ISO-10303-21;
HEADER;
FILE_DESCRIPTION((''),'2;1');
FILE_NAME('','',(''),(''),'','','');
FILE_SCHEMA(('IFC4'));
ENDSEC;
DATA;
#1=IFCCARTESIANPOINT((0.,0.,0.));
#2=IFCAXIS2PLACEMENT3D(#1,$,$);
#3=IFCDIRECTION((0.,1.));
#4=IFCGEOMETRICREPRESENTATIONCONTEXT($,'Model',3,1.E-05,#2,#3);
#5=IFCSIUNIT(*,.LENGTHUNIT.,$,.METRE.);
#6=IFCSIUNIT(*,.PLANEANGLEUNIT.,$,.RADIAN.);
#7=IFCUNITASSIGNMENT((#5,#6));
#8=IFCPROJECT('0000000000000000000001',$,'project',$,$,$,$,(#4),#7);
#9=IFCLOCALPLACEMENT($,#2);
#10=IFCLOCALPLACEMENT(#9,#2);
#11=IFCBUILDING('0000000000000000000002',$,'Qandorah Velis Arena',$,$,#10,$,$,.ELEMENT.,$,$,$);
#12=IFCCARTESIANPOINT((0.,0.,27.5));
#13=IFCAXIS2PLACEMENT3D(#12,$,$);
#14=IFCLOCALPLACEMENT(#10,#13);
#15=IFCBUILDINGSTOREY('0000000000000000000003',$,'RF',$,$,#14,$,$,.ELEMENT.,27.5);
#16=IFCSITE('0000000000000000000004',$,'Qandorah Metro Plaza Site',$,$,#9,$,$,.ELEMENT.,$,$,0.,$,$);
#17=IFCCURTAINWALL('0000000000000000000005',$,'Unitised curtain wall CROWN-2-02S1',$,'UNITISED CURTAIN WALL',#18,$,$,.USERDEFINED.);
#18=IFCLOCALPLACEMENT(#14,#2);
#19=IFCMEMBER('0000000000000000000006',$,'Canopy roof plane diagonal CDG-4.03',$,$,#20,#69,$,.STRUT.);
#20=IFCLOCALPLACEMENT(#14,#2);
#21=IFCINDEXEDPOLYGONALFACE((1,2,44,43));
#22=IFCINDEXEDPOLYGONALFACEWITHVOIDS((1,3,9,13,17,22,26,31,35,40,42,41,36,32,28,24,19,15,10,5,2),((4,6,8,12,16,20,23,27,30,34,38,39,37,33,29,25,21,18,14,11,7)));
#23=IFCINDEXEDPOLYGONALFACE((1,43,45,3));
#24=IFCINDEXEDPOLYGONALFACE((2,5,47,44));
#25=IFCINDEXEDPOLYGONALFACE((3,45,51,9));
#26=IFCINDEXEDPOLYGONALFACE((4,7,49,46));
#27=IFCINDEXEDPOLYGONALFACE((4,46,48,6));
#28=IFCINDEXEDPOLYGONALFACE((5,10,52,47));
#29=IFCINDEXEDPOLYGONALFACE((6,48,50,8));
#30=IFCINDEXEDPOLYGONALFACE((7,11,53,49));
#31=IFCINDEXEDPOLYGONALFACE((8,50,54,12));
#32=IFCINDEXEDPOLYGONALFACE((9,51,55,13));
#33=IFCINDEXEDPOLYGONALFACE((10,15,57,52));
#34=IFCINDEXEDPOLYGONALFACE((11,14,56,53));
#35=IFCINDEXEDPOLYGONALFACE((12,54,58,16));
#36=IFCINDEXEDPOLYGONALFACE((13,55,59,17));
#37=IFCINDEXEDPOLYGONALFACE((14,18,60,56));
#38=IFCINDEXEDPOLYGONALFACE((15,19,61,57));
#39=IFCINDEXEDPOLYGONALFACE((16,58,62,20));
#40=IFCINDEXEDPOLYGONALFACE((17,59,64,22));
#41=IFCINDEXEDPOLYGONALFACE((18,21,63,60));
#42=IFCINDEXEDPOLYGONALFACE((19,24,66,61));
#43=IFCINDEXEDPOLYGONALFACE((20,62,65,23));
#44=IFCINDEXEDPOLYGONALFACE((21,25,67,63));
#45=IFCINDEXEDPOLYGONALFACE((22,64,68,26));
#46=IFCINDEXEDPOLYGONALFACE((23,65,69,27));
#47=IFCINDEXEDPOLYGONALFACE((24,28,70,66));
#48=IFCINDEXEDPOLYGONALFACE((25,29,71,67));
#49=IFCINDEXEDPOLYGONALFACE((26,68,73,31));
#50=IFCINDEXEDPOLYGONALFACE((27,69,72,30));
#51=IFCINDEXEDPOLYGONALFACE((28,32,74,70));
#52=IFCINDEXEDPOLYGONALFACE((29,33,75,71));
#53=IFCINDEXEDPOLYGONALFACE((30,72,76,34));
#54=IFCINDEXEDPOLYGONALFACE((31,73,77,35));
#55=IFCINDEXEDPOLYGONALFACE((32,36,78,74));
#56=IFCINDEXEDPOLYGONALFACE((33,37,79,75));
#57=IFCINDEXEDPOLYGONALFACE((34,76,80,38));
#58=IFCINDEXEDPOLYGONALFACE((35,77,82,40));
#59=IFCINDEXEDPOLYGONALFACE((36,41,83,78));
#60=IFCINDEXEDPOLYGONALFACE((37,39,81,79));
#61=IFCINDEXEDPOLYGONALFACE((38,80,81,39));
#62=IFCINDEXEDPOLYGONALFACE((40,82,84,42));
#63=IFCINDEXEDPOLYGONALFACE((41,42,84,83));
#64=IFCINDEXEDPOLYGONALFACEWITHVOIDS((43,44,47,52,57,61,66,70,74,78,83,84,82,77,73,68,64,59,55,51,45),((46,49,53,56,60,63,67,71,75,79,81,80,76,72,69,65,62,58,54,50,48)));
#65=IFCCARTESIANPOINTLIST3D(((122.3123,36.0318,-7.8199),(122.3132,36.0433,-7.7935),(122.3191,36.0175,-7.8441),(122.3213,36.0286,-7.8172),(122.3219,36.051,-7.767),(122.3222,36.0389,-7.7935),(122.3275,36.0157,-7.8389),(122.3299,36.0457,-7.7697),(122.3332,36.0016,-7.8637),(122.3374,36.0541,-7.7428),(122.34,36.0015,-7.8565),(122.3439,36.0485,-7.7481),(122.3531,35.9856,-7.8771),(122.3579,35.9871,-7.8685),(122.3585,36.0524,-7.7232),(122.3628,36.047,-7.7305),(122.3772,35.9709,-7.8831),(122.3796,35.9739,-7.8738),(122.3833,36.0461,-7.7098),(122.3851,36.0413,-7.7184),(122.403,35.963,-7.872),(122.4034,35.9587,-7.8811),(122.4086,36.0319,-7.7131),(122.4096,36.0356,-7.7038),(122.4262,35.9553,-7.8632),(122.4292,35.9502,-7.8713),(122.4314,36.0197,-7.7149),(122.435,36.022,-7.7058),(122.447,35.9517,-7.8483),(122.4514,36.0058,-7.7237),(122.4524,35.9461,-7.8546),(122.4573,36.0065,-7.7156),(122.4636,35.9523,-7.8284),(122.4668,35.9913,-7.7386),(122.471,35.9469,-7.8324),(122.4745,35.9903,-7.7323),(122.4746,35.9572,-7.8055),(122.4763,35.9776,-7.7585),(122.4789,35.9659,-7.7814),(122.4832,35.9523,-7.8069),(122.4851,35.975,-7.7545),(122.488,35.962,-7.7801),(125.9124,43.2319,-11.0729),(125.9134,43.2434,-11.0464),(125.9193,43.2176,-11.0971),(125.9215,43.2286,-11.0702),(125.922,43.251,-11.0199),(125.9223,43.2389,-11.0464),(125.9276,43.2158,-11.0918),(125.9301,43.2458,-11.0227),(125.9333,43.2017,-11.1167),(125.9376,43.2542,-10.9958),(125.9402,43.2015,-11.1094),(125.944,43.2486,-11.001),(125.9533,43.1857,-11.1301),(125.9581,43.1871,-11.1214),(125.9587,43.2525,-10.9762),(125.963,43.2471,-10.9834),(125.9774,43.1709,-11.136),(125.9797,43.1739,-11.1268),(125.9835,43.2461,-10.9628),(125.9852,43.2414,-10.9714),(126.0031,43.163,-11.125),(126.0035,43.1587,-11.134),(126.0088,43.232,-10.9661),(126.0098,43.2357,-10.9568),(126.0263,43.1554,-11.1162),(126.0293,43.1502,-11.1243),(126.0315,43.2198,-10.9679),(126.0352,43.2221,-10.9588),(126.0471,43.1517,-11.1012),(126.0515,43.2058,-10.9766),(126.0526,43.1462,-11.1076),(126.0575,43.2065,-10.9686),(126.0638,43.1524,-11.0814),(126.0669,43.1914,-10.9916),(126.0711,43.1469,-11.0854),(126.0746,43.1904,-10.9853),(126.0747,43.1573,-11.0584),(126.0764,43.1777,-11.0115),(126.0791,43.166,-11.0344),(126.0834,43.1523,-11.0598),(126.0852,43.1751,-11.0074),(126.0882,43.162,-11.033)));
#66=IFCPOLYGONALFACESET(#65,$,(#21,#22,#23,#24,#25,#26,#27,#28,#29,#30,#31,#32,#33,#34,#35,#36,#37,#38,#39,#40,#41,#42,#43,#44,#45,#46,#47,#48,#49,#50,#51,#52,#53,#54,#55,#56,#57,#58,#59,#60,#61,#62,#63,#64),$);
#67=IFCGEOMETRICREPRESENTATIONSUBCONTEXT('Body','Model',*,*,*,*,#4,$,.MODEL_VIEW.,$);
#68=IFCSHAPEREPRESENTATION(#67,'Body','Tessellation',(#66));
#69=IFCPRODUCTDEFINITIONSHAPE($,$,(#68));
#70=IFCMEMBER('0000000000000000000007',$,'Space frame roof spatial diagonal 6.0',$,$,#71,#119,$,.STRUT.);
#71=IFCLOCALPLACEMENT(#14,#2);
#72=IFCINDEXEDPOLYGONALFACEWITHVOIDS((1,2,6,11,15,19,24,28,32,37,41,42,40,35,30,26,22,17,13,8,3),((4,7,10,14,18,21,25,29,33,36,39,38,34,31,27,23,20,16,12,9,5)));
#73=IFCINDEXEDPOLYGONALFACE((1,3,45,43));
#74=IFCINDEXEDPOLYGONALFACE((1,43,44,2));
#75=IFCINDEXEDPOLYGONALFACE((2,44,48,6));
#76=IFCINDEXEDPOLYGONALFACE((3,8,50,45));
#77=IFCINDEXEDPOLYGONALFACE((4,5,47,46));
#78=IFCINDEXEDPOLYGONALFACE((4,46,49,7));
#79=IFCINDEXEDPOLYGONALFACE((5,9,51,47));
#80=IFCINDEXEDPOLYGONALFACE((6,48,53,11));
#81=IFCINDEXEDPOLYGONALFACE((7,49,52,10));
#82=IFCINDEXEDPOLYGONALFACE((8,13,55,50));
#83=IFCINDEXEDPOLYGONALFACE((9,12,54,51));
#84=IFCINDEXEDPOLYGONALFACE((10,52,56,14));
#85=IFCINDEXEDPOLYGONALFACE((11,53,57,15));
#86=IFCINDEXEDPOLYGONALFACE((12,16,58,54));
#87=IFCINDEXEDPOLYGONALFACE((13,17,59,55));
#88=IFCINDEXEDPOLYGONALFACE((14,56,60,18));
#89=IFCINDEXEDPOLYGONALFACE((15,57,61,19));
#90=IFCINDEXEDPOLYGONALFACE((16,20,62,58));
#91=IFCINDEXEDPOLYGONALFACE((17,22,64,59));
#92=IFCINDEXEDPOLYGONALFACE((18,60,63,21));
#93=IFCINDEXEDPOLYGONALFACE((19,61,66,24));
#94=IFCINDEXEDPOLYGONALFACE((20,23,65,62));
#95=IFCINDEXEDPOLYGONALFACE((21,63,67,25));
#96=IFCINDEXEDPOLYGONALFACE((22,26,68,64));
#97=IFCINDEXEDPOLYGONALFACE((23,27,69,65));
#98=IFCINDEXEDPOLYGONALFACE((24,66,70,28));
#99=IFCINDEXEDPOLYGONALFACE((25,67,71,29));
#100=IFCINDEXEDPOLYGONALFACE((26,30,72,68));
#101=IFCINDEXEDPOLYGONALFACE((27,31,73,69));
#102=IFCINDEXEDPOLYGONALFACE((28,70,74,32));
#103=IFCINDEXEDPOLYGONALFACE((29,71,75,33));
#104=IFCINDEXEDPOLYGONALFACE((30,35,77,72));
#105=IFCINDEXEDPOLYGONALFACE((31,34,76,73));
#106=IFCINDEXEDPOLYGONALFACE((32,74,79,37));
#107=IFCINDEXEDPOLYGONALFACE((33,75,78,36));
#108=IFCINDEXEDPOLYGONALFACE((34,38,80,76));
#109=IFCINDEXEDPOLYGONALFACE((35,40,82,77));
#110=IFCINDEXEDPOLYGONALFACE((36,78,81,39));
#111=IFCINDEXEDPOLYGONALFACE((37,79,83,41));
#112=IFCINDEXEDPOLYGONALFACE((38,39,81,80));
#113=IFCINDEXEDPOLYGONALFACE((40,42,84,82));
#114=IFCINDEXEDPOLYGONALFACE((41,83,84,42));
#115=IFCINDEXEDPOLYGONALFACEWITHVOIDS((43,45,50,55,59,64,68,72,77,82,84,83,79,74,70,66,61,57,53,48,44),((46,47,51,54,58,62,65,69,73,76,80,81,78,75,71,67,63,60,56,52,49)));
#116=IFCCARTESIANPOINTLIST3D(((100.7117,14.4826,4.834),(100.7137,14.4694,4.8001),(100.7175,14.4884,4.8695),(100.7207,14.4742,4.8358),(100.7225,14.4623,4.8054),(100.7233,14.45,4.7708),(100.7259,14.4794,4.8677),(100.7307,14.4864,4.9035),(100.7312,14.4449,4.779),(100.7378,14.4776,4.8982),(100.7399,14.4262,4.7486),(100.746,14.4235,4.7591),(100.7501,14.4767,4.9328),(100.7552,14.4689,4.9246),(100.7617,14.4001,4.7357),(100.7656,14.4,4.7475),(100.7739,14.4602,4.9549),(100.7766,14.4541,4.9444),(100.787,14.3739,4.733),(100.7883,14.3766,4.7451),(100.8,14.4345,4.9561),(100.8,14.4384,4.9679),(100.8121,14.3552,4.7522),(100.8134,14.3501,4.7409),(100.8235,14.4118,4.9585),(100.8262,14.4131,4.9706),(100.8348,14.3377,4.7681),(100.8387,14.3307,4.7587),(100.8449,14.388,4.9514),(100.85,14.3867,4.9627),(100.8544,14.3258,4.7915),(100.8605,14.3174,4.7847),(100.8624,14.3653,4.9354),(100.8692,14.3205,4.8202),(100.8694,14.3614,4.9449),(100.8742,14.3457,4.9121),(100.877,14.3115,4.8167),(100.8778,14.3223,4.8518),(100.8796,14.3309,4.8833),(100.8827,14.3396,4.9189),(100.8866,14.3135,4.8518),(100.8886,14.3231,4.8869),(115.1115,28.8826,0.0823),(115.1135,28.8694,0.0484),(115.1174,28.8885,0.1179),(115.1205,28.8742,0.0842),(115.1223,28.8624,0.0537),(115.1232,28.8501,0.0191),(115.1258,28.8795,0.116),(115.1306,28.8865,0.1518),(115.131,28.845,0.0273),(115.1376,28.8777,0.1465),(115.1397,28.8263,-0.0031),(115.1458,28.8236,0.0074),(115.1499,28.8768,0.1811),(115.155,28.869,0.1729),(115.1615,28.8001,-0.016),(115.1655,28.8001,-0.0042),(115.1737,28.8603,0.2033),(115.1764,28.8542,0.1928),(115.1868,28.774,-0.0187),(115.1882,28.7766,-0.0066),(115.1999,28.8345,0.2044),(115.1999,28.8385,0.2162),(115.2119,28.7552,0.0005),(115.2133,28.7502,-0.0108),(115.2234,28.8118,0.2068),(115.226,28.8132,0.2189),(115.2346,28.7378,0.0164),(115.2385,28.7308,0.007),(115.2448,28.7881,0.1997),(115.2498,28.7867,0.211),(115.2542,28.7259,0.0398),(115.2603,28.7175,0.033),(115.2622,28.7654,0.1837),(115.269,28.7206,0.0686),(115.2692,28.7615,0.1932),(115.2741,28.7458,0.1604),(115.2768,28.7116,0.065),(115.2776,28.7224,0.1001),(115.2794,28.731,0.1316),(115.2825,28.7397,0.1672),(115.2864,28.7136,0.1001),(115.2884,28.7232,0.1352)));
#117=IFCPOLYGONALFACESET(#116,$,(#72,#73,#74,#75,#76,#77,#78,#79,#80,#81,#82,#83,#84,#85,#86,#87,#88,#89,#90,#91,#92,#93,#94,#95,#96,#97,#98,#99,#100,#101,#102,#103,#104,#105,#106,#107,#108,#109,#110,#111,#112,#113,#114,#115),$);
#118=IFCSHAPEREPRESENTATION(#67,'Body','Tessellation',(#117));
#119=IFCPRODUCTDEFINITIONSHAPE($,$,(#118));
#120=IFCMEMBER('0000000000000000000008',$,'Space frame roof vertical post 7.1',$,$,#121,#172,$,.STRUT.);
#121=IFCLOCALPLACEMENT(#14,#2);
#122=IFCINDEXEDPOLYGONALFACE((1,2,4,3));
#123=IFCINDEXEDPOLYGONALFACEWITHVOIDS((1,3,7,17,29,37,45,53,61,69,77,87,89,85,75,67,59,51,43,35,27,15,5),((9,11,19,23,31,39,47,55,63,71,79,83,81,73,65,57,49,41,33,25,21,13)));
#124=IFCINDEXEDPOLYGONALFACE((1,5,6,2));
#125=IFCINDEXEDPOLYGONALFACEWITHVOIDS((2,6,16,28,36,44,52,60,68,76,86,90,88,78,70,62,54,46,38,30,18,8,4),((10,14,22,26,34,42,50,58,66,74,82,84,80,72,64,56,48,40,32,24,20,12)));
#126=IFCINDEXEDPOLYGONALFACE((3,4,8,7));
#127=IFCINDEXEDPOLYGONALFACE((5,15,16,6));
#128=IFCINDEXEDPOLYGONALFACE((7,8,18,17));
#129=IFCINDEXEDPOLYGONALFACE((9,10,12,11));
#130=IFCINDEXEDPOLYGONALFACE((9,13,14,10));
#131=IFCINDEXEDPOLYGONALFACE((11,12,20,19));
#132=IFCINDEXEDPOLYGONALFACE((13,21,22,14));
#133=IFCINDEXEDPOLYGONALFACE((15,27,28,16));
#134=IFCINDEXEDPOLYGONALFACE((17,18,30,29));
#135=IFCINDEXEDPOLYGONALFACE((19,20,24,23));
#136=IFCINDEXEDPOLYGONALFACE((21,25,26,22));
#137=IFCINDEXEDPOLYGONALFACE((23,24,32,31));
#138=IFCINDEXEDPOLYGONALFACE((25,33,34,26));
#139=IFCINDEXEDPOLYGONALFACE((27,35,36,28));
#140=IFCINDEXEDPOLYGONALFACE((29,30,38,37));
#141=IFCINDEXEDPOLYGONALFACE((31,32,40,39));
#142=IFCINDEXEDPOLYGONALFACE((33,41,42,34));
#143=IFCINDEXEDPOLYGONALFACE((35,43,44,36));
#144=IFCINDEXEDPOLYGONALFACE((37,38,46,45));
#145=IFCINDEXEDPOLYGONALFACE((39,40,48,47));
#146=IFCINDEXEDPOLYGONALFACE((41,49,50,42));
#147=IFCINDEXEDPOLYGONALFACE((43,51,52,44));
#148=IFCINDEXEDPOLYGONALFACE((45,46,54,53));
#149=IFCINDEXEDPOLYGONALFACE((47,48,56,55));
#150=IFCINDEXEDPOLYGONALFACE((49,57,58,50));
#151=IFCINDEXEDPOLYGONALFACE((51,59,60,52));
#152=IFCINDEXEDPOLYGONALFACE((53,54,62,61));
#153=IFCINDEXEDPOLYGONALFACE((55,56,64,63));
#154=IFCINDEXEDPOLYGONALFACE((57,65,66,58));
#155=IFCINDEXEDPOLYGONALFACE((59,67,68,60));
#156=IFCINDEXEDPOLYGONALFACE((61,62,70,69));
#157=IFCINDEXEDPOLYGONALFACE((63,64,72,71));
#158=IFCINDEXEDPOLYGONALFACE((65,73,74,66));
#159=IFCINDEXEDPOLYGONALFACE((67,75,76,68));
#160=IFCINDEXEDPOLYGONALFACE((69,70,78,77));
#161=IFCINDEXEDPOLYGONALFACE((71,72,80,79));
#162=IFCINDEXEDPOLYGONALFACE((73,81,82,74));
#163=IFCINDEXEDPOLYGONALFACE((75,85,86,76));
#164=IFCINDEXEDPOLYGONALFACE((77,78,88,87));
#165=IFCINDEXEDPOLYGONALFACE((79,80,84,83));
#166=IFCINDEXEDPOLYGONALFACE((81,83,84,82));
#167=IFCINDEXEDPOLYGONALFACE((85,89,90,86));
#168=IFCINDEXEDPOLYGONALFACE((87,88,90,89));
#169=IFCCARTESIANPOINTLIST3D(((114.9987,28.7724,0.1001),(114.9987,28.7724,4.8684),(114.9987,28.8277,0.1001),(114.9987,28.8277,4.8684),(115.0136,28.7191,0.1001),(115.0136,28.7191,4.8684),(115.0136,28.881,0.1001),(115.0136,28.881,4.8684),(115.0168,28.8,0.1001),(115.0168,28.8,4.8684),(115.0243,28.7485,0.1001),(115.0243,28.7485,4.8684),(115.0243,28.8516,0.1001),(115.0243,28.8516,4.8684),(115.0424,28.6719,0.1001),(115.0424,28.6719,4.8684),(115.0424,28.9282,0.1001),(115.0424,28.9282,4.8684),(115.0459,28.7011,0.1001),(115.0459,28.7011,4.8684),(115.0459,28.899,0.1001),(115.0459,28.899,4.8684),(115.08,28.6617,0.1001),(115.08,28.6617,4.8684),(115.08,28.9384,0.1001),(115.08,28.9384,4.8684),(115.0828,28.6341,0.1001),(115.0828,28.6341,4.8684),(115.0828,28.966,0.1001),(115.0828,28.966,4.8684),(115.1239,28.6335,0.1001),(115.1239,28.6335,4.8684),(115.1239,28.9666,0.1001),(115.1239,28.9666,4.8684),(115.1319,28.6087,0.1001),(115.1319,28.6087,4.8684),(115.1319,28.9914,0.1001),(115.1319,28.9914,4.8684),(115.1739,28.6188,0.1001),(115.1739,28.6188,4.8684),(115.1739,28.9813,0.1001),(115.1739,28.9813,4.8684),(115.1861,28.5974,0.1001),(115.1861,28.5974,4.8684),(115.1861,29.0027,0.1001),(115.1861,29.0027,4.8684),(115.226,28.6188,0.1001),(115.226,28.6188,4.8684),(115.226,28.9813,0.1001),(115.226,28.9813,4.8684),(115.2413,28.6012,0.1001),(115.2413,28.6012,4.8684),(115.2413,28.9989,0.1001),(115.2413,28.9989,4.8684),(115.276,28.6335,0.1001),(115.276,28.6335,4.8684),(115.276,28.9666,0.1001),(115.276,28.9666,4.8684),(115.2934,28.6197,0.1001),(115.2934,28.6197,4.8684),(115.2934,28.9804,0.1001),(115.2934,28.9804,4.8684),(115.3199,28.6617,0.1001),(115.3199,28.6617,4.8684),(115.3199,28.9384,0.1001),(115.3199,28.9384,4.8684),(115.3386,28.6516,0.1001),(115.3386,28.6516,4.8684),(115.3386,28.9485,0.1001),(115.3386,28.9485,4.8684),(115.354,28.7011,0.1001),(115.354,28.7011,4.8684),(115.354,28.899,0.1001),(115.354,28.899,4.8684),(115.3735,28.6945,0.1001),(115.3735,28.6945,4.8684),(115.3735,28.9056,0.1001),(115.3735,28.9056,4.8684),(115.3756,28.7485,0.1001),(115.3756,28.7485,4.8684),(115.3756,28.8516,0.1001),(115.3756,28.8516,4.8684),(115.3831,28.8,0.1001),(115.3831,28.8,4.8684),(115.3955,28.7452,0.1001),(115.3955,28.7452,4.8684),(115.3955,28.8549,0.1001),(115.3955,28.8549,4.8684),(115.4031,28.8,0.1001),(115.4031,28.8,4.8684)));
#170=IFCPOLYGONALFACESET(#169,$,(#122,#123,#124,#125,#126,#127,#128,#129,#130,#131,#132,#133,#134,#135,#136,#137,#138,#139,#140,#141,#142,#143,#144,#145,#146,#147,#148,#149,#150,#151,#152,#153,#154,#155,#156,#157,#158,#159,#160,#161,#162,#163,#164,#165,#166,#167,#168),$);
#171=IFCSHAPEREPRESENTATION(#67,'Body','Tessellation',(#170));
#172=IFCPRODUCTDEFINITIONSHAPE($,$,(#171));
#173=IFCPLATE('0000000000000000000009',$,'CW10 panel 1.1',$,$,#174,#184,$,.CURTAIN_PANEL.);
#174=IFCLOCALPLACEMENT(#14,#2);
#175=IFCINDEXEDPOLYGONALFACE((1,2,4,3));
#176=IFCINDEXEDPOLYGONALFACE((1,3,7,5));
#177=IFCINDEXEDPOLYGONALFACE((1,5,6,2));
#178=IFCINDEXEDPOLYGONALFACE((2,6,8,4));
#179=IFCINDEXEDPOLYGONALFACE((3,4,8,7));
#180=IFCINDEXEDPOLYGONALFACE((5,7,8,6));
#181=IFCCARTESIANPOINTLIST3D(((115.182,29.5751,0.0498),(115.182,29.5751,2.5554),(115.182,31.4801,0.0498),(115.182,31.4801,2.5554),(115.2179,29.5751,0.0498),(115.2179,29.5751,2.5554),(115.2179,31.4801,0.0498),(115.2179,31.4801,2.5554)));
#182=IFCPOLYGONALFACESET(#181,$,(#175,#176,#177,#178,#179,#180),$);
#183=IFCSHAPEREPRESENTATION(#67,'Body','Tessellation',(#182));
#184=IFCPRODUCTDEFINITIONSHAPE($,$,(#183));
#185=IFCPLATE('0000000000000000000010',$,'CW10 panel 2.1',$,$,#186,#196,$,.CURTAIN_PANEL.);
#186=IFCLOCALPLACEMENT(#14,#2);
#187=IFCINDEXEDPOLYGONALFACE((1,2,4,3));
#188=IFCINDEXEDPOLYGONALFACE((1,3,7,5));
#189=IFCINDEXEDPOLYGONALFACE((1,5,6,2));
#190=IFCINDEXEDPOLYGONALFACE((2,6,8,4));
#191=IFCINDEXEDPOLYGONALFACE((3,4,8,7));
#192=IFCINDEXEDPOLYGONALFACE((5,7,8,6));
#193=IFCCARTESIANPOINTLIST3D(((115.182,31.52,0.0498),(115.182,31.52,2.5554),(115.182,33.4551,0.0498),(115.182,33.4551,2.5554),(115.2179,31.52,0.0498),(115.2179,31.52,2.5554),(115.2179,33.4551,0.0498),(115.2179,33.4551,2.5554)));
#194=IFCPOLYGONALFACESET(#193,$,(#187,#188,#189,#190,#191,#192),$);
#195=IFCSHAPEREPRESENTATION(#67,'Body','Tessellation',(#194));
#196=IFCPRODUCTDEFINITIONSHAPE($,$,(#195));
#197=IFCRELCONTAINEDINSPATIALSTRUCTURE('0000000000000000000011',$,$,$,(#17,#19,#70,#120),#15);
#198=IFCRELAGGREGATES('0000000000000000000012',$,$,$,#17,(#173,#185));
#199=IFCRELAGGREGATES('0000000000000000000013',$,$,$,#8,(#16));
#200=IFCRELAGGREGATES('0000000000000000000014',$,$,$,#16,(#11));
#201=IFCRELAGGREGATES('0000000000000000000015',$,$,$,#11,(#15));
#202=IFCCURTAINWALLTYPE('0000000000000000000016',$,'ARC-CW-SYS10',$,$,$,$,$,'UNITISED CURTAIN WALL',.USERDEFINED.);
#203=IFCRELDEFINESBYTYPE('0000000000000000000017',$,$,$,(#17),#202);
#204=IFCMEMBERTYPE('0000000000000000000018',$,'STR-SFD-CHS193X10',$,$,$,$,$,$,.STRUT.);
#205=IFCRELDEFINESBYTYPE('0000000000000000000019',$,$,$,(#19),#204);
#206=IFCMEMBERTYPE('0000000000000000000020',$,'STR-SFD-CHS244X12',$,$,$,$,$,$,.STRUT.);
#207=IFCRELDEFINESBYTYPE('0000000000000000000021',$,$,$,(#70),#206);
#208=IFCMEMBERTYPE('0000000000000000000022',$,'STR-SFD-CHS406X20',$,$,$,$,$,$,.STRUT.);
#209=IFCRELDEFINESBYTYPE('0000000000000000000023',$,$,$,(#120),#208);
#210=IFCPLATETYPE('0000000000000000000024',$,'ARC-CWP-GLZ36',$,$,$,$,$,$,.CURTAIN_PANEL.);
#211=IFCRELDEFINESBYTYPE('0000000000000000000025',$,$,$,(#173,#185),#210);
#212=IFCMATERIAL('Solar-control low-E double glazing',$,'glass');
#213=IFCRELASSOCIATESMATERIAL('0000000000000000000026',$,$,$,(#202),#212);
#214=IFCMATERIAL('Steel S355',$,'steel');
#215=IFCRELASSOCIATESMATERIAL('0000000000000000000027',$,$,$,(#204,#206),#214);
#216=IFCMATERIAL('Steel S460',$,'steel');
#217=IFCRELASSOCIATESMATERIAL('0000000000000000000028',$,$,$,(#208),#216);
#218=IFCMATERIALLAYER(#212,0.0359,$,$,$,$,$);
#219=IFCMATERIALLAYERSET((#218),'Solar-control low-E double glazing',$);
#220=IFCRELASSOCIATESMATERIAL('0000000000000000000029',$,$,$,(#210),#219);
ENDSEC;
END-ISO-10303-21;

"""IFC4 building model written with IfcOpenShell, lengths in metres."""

from ifc_helpers import new_model, si_unit, direction, frame, origin, origin_2d, place, context, subcontext, project, spatial, rectangle, hollow_circle, extrude, material, layer, layer_set, material_profile, profile_set, type_object, element, aggregate, save


model = new_model("IFC4")

# Units and contexts
model_context = context("Model", 3, precision=1e-05, world=origin(), true_north=direction((0.0, 1.0)))
body_context = subcontext(model_context, "Body", "Model", "MODEL_VIEW")
ifc_project = project(units=[si_unit("LENGTHUNIT", "METRE"), si_unit("PLANEANGLEUNIT", "RADIAN")], contexts=[model_context])

# Site, building, storey
site_placement = place(None, origin())
site = spatial("IfcSite", under=ifc_project, at=site_placement, Name="Qandorah Metro Plaza Site", CompositionType="ELEMENT", RefElevation=0.0)
building_placement = place(site_placement, origin())
building = spatial("IfcBuilding", under=site, at=building_placement, Name="Qandorah Velis Arena", CompositionType="ELEMENT")
storey_placement = place(building_placement, frame((0.0, 0.0, 27.5)))
storey = spatial("IfcBuildingStorey", under=building, at=storey_placement, Name="RF", CompositionType="ELEMENT", Elevation=27.5)

# Curtain wall
ifc_material_1 = material(Name="Solar-control low-E double glazing", Category="glass")
curtain_wall_type = type_object("IfcCurtainWallType", Name="ARC-CW-SYS10", ElementType="UNITISED CURTAIN WALL", PredefinedType="USERDEFINED", material=ifc_material_1)
curtain_wall_placement = place(storey_placement, origin())
curtain_wall = element("IfcCurtainWall", 1, at=curtain_wall_placement, inside=storey, type_object=curtain_wall_type, Name="Unitised curtain wall CROWN-2-02S1", ObjectType="UNITISED CURTAIN WALL", PredefinedType="USERDEFINED")

# Shared definitions
ifc_material_2 = material(Name="Steel S355", Category="steel")

# Shared definitions
ifc_material_3 = material(Name="Steel S460", Category="steel")

# Members
ifc_material_profile_1 = material_profile(ifc_material_2, hollow_circle(Radius=0.0969, WallThickness=0.01, at=origin_2d()), Name="CHS 193.7x10")
ifc_profile_set_1 = profile_set([ifc_material_profile_1], Name="Steel S355")
member_type_1 = type_object("IfcMemberType", Name="STR-SFD-CHS193X10", PredefinedType="STRUT", material=ifc_profile_set_1)
for number, where, z_axis, x_axis, name in (
    (2, (122.3999, 36.0, -7.7935), (0.41465, 0.829272, -0.374664), (-0.894421, 0.447226, 0.0), "Canopy roof plane diagonal CDG-4.03"),
):
    element("IfcMember", number, at=place(storey_placement, frame(where, z_axis=z_axis, x_axis=x_axis)), inside=storey, type_object=member_type_1, Name=name, PredefinedType="STRUT", context=body_context, shape_type="SweptSolid", body=[
        extrude(hollow_circle(Radius=0.0969, WallThickness=0.01, at=origin_2d()), origin(), (0.0, 0.0, 1.0), 8.6824),
    ])
ifc_material_profile_2 = material_profile(ifc_material_2, hollow_circle(Radius=0.1223, WallThickness=0.0125, at=origin_2d()), Name="CHS 244.5x12.5")
ifc_profile_set_2 = profile_set([ifc_material_profile_2], Name="Steel S355")
member_type_2 = type_object("IfcMemberType", Name="STR-SFD-CHS244X12", PredefinedType="STRUT", material=ifc_profile_set_2)
member_1_placement = place(storey_placement, frame((115.2, 28.8, 0.1001), z_axis=(-0.688604, -0.688616, 0.227227), x_axis=(0.707113, -0.707101, 0.0)))
element("IfcMember", 3, at=member_1_placement, inside=storey, type_object=member_type_2, Name="Space frame roof spatial diagonal 6.0", PredefinedType="STRUT", context=body_context, shape_type="SweptSolid", body=[
    extrude(hollow_circle(Radius=0.1223, WallThickness=0.0125, at=origin_2d()), origin(), (0.0, 0.0, 1.0), 20.9116),
])
ifc_material_profile_3 = material_profile(ifc_material_3, hollow_circle(Radius=0.2031, WallThickness=0.02, at=origin_2d()), Name="CHS 406.4x20")
ifc_profile_set_3 = profile_set([ifc_material_profile_3], Name="Steel S460")
member_type_3 = type_object("IfcMemberType", Name="STR-SFD-CHS406X20", PredefinedType="STRUT", material=ifc_profile_set_3)
member_2_placement = place(storey_placement, frame((115.2, 28.8, 0.1001), z_axis=(0.0, 0.0, 1.0), x_axis=(1.0, 0.0, 0.0)))
element("IfcMember", 4, at=member_2_placement, inside=storey, type_object=member_type_3, Name="Space frame roof vertical post 7.1", PredefinedType="STRUT", context=body_context, shape_type="SweptSolid", body=[
    extrude(hollow_circle(Radius=0.2031, WallThickness=0.02, at=origin_2d()), origin(), (0.0, 0.0, 1.0), 4.7683),
])

# Plates
ifc_layer_1 = layer(ifc_material_1, 0.0359)
ifc_layer_set_1 = layer_set([ifc_layer_1], Name="Solar-control low-E double glazing")
plate_type_1 = type_object("IfcPlateType", Name="ARC-CWP-GLZ36", PredefinedType="CURTAIN_PANEL", material=ifc_layer_set_1)
plate_1_placement = place(storey_placement, frame((115.2, 30.5276, 0.0498), z_axis=(0.0, 0.0, 1.0), x_axis=(0.0, 1.0, 0.0)))
plate_1 = element("IfcPlate", 5, at=plate_1_placement, type_object=plate_type_1, Name="CW10 panel 1.1", PredefinedType="CURTAIN_PANEL", context=body_context, shape_type="SweptSolid", body=[
    extrude(rectangle(XDim=1.905, YDim=0.0359, at=origin_2d()), origin(), (0.0, 0.0, 1.0), 2.5056),
])
plate_2_placement = place(storey_placement, frame((115.2, 32.4875, 0.0498), z_axis=(0.0, 0.0, 1.0), x_axis=(0.0, 1.0, 0.0)))
plate_2 = element("IfcPlate", 6, at=plate_2_placement, type_object=plate_type_1, Name="CW10 panel 2.1", PredefinedType="CURTAIN_PANEL", context=body_context, shape_type="SweptSolid", body=[
    extrude(rectangle(XDim=1.9351, YDim=0.0359, at=origin_2d()), origin(), (0.0, 0.0, 1.0), 2.5056),
])
aggregate(curtain_wall, [plate_1, plate_2])

save(model, "model.ifc")
